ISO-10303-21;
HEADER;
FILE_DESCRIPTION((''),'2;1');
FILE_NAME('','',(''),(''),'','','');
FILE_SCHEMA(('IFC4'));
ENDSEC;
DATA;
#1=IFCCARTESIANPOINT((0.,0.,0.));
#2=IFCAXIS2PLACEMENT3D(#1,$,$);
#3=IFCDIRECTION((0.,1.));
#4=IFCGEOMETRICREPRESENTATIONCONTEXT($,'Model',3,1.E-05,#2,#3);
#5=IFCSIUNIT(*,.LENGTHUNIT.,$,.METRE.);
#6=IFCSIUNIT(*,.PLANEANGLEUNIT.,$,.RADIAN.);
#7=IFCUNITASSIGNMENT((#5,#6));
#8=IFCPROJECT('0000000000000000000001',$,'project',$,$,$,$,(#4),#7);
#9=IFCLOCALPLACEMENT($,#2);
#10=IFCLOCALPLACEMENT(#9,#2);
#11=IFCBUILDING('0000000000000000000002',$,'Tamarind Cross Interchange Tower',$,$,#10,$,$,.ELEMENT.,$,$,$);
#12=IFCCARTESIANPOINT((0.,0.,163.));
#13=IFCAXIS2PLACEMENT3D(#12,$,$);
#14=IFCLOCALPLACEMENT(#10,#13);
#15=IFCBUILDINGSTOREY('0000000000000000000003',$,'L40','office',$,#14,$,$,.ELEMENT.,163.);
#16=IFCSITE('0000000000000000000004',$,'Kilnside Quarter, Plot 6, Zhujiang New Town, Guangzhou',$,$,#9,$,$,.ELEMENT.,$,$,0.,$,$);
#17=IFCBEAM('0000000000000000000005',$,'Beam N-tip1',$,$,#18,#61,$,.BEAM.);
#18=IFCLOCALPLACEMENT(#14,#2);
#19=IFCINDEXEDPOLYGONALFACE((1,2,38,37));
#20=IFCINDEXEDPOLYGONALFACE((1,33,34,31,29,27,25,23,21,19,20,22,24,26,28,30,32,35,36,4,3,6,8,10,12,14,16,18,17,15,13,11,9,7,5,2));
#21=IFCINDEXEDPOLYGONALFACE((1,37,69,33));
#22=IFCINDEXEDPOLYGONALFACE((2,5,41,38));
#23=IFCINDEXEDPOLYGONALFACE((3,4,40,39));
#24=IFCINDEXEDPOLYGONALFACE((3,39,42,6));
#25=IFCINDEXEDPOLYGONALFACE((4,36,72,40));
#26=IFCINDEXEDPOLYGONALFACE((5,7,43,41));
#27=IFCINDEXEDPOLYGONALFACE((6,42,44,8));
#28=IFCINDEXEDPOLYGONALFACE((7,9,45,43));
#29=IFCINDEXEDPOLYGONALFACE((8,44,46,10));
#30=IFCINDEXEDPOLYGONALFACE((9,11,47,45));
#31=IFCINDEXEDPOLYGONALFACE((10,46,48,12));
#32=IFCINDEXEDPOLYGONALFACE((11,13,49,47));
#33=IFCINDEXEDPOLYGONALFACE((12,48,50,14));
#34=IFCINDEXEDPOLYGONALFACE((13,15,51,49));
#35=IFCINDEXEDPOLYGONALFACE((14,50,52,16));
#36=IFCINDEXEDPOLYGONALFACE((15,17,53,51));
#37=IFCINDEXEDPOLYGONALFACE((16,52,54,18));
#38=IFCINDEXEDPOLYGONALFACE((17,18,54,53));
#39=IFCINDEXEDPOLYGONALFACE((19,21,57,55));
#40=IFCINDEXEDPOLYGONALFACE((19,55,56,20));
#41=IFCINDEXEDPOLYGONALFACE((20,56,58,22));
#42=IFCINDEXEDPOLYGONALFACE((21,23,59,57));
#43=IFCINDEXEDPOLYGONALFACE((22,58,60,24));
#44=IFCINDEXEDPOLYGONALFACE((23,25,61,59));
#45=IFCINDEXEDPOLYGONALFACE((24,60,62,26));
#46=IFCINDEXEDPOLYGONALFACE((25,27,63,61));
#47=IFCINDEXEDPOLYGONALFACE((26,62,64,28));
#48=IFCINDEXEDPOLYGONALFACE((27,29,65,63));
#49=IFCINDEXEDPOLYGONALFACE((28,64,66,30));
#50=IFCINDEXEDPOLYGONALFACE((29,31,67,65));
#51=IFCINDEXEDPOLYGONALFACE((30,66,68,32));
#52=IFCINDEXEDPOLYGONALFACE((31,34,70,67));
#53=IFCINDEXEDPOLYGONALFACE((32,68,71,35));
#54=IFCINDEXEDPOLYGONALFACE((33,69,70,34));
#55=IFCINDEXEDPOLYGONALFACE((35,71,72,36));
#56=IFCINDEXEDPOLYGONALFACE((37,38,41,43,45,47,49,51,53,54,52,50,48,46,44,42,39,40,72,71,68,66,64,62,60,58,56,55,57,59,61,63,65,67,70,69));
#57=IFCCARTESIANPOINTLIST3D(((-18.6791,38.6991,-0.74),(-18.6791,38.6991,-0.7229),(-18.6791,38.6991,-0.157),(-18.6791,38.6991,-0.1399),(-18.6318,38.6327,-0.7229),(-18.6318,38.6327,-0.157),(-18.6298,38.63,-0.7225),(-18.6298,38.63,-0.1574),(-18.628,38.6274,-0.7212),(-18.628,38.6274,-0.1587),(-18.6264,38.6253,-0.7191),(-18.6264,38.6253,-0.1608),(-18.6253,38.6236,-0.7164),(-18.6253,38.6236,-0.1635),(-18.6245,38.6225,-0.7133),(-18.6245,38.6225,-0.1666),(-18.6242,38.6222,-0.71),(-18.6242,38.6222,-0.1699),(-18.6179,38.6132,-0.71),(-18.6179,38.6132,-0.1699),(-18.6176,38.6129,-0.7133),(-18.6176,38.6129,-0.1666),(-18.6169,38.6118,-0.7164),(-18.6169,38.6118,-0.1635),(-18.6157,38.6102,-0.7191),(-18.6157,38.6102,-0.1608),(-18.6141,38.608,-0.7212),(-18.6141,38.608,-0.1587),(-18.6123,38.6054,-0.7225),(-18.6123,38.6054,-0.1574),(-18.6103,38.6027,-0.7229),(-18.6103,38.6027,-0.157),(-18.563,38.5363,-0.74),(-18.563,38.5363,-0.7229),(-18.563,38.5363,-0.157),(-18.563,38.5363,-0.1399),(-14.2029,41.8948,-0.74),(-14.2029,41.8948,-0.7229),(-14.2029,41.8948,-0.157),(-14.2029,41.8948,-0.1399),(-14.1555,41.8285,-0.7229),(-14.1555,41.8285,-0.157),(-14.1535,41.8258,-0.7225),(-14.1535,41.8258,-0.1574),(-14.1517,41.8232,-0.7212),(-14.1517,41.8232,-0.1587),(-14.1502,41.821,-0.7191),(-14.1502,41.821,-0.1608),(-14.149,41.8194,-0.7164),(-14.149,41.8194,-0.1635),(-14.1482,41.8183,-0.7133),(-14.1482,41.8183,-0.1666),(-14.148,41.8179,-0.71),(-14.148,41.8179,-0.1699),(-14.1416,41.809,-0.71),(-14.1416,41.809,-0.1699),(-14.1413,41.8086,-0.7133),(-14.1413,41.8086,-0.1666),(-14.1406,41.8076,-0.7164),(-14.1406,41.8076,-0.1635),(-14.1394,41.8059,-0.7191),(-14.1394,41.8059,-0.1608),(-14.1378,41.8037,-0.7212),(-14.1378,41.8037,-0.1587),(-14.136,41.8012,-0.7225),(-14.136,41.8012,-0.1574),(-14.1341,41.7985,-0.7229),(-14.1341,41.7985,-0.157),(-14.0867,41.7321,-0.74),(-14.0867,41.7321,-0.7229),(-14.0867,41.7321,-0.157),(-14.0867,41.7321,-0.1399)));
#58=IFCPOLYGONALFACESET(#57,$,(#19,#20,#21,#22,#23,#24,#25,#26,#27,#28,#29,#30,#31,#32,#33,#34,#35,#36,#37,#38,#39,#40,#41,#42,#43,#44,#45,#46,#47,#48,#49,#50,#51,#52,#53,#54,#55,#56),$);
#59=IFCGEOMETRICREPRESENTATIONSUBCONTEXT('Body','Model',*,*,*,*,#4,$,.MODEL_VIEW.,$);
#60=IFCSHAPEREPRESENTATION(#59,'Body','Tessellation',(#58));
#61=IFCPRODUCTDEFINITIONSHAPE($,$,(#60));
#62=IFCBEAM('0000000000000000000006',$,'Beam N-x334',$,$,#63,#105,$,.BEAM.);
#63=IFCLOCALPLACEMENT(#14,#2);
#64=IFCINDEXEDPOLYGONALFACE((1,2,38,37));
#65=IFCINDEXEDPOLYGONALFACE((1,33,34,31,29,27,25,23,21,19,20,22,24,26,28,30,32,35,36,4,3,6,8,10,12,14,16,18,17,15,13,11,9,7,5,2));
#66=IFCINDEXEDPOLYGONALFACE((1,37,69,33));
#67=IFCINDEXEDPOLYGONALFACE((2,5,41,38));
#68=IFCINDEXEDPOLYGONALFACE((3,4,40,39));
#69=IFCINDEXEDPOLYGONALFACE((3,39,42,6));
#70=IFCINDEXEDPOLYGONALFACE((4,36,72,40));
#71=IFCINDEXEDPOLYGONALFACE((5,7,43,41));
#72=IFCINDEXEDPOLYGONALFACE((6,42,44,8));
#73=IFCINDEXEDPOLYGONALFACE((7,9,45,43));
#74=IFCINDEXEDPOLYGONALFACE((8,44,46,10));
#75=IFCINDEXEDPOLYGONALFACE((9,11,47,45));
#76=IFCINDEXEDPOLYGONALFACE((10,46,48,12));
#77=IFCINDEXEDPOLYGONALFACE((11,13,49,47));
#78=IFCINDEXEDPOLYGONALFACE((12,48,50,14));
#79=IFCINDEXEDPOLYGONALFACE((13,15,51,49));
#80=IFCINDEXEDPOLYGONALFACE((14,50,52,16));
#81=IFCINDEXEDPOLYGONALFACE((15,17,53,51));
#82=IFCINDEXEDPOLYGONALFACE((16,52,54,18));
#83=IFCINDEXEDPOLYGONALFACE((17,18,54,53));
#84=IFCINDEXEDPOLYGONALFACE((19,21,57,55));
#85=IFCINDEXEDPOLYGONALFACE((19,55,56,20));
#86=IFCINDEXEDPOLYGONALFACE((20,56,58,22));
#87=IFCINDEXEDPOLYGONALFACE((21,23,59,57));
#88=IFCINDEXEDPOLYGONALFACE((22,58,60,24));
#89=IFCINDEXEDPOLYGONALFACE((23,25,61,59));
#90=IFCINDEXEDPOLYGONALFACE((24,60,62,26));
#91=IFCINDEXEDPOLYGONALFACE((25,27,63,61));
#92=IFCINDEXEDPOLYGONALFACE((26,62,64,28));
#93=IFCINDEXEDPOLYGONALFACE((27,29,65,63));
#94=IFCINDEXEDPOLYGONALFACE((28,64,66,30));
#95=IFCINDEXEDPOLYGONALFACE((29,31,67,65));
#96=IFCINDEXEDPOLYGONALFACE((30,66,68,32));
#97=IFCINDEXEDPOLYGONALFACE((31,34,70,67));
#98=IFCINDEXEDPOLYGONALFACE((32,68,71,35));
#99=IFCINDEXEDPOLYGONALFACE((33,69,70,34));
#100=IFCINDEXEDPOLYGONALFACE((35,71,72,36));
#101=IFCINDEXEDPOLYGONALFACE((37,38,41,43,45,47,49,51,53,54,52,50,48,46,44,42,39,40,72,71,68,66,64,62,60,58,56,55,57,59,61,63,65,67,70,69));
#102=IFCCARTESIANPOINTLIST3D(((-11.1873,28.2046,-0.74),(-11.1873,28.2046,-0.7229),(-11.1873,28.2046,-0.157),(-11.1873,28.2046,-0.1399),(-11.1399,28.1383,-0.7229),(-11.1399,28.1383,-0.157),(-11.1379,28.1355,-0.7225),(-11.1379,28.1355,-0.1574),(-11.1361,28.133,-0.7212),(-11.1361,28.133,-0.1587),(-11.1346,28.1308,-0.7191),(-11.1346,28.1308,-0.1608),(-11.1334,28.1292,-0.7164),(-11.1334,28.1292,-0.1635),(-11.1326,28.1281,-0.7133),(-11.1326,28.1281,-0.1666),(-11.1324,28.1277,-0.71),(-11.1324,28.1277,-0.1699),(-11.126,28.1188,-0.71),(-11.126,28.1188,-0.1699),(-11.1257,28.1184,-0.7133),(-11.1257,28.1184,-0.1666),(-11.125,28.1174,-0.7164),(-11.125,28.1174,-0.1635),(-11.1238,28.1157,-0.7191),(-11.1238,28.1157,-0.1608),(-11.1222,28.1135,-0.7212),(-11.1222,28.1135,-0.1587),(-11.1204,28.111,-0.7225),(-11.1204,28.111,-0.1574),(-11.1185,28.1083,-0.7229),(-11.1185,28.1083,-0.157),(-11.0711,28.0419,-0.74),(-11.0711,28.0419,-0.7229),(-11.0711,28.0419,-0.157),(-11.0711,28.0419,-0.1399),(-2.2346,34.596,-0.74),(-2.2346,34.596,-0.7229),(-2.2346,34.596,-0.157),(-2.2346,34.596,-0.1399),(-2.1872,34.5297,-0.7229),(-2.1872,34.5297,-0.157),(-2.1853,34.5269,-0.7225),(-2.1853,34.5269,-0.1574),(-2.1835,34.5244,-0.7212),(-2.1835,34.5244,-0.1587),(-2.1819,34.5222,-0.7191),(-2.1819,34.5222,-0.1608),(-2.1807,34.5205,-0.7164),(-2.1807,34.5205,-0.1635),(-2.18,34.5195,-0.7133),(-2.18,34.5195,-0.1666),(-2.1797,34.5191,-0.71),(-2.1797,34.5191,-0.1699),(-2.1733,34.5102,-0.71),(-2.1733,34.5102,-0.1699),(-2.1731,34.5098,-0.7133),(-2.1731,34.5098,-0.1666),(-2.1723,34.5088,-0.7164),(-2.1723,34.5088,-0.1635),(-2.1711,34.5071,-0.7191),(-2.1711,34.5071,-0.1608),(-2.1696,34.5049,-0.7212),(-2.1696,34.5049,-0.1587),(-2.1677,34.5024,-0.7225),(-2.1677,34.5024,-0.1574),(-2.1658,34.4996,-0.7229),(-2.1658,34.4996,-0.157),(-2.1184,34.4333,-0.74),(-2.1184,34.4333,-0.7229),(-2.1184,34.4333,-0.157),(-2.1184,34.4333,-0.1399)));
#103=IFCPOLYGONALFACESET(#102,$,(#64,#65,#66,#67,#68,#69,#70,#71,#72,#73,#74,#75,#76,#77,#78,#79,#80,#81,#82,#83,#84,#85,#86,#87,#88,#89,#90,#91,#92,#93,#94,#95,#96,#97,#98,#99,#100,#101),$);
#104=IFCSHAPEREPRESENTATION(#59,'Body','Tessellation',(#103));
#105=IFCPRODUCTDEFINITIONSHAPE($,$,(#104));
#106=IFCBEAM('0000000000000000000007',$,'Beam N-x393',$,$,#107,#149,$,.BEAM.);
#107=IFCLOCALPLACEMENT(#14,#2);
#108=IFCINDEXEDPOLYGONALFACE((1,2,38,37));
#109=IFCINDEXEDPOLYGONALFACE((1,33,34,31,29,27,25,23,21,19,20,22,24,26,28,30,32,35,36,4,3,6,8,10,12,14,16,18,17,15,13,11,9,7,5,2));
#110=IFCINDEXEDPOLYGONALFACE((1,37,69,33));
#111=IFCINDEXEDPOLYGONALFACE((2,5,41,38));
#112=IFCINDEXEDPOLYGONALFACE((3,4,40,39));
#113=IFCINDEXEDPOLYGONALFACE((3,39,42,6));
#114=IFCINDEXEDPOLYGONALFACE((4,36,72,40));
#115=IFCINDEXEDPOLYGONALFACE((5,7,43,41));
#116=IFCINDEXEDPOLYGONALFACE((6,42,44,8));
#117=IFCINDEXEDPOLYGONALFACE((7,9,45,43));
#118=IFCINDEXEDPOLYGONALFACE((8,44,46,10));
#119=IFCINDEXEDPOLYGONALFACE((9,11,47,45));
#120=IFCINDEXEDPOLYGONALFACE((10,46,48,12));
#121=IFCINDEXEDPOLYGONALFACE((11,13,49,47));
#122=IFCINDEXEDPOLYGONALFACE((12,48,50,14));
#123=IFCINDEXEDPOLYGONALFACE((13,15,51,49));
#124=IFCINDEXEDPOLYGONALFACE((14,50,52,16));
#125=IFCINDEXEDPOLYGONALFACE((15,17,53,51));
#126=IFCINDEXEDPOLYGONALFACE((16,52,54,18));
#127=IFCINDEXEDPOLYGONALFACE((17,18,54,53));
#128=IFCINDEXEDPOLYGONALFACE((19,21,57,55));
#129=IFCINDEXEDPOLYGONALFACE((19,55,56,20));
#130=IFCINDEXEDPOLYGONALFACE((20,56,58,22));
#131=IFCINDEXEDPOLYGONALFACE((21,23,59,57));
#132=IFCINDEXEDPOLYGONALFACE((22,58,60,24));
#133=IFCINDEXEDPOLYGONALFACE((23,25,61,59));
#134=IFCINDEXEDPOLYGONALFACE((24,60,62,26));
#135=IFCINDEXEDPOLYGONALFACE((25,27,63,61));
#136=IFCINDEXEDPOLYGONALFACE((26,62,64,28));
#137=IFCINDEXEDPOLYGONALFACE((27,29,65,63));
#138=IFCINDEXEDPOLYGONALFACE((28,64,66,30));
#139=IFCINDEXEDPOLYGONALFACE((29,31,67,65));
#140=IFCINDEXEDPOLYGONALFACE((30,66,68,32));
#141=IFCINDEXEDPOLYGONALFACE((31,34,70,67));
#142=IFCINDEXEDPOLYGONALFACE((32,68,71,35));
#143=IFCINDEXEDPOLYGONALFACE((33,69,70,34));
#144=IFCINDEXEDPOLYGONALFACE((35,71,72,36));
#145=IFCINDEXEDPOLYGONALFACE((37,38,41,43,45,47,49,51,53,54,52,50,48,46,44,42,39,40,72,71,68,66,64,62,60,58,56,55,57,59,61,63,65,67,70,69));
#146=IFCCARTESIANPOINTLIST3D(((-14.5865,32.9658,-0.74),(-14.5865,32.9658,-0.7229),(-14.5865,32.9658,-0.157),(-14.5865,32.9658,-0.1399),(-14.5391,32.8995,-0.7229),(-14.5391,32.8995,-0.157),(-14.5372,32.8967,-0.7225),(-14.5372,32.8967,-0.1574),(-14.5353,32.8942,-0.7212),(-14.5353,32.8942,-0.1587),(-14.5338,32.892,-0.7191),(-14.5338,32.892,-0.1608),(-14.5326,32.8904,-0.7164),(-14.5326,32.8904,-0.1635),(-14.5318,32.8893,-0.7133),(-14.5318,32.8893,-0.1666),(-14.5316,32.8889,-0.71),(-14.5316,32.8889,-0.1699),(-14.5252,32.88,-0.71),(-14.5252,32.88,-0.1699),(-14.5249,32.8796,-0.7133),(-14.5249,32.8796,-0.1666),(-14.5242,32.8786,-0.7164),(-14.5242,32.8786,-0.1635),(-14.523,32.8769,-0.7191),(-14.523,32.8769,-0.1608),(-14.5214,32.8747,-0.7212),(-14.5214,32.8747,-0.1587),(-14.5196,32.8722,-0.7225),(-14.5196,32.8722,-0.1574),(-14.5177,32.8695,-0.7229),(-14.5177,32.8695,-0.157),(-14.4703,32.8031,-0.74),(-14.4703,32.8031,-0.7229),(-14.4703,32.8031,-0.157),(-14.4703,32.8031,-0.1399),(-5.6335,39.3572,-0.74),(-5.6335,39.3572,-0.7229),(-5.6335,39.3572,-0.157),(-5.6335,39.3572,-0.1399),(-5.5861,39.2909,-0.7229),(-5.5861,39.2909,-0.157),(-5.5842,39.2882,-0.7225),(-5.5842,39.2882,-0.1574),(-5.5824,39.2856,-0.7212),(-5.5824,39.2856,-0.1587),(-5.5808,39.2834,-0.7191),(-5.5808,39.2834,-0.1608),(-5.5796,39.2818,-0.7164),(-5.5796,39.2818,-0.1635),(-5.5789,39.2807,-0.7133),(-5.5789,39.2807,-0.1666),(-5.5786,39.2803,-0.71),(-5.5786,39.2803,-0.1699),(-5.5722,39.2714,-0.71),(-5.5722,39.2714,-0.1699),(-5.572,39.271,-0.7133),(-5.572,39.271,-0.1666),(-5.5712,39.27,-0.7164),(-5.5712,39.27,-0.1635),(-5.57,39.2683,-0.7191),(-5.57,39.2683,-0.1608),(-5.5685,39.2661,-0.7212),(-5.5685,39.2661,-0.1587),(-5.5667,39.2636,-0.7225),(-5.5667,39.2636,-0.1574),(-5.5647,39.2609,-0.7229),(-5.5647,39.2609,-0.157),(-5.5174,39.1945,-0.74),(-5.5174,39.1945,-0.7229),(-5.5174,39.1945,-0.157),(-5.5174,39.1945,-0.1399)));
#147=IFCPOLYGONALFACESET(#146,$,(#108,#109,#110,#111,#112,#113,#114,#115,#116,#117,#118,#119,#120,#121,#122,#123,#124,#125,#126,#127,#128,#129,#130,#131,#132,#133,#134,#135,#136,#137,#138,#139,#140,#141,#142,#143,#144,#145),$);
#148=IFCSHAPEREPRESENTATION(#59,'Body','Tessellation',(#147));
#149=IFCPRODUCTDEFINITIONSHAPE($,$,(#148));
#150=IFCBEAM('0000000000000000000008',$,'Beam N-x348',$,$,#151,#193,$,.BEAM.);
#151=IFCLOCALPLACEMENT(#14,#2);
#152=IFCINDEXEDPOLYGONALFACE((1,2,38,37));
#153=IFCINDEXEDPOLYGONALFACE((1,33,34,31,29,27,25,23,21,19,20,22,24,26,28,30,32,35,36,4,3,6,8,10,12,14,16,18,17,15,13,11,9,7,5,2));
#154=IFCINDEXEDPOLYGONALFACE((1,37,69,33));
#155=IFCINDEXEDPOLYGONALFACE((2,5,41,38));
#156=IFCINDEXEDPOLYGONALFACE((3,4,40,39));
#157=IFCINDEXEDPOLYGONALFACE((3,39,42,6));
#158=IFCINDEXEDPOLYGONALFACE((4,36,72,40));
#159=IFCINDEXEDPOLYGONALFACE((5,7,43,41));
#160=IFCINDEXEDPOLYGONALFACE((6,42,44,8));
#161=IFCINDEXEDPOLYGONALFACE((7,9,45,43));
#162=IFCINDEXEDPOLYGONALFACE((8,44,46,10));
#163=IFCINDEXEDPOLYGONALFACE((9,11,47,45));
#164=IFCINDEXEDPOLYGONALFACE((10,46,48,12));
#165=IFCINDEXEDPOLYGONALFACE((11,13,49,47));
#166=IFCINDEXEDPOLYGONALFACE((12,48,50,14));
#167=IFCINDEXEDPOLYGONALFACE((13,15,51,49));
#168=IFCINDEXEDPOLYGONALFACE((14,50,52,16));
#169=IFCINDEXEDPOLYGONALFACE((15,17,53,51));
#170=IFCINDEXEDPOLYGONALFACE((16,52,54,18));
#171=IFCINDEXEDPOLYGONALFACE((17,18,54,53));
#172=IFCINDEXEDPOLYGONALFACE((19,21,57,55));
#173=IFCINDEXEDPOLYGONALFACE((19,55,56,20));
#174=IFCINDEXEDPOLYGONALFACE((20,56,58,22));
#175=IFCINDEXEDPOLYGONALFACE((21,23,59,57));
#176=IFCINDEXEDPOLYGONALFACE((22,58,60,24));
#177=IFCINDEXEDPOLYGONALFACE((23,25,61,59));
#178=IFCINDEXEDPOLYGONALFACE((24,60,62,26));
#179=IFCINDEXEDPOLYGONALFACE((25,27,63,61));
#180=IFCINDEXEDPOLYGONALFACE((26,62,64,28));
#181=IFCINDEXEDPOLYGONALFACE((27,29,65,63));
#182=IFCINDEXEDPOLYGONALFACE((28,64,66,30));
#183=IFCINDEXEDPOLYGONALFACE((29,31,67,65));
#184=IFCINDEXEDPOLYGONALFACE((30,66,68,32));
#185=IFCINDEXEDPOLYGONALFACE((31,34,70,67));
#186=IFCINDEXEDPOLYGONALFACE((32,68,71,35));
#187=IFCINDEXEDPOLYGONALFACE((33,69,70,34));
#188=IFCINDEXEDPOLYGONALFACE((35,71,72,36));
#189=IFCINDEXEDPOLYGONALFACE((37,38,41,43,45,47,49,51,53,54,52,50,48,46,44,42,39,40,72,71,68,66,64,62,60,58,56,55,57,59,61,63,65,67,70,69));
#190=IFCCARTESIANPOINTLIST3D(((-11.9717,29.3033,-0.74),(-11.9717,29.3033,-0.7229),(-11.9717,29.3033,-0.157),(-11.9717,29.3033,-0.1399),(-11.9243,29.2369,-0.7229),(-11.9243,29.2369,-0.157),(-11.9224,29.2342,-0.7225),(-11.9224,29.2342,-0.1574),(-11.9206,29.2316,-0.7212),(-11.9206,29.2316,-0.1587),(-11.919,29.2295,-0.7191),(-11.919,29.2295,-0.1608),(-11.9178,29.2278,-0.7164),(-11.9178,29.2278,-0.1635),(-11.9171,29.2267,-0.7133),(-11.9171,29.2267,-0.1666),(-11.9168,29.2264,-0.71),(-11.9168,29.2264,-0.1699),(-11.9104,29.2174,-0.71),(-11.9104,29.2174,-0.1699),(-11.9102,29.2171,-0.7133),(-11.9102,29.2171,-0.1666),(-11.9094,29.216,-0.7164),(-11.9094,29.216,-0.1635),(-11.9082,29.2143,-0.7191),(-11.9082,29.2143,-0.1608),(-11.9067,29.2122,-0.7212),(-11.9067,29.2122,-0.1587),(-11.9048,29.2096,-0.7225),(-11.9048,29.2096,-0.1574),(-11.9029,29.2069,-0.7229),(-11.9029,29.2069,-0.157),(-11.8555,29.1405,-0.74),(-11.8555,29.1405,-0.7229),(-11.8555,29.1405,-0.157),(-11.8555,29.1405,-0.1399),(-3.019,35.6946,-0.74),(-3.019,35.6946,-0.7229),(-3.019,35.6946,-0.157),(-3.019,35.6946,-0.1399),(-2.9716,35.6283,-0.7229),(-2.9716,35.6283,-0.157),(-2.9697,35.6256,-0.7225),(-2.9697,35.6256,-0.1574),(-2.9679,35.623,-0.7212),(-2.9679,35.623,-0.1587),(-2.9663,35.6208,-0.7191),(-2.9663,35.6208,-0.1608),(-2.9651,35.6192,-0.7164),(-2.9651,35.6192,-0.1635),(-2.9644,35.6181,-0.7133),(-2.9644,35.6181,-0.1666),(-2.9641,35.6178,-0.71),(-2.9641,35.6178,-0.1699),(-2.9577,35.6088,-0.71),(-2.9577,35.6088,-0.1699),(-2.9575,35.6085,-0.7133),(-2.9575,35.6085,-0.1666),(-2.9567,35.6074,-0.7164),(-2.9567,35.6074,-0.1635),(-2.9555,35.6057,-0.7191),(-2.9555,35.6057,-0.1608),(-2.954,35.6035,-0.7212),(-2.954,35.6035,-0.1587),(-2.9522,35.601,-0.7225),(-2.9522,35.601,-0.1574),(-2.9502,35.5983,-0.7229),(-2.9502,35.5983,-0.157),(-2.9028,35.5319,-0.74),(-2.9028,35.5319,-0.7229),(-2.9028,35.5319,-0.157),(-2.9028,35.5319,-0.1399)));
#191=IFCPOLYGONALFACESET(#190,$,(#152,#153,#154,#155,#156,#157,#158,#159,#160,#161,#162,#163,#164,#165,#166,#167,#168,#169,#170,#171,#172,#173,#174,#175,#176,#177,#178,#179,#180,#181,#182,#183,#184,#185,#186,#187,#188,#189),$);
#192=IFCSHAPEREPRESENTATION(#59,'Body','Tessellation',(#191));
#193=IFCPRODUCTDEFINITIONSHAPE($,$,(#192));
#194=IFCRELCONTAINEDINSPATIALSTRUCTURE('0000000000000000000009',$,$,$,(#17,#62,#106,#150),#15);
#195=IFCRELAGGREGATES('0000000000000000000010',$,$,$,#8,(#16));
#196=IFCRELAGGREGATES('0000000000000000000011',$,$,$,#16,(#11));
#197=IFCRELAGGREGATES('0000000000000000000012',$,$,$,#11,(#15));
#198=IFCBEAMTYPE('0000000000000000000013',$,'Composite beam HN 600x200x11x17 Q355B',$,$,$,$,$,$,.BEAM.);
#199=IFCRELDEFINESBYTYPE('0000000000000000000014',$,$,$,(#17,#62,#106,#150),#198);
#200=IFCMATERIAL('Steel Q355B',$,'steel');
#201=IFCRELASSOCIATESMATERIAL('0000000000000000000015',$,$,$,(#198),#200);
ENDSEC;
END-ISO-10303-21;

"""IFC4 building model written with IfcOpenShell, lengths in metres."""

from ifc_helpers import new_model, si_unit, direction, frame, origin, origin_2d, place, context, subcontext, project, spatial, i_section, extrude, material, material_profile, profile_set, type_object, element, save


model = new_model("IFC4")

# Units and contexts
model_context = context("Model", 3, precision=1e-05, world=origin(), true_north=direction((0.0, 1.0)))
body_context = subcontext(model_context, "Body", "Model", "MODEL_VIEW")
ifc_project = project(units=[si_unit("LENGTHUNIT", "METRE"), si_unit("PLANEANGLEUNIT", "RADIAN")], contexts=[model_context])

# Site, building, storey
site_placement = place(None, origin())
site = spatial("IfcSite", under=ifc_project, at=site_placement, Name="Kilnside Quarter, Plot 6, Zhujiang New Town, Guangzhou", CompositionType="ELEMENT", RefElevation=0.0)
building_placement = place(site_placement, origin())
building = spatial("IfcBuilding", under=site, at=building_placement, Name="Tamarind Cross Interchange Tower", CompositionType="ELEMENT")
storey_placement = place(building_placement, frame((0.0, 0.0, 163.0)))
storey = spatial("IfcBuildingStorey", under=building, at=storey_placement, Name="L40", Description="office", CompositionType="ELEMENT", Elevation=163.0)

# Beams
ifc_material_1 = material(Name="Steel Q355B", Category="steel")
ifc_material_profile_1 = material_profile(ifc_material_1, i_section(OverallWidth=0.2, OverallDepth=0.6001, WebThickness=0.011, FlangeThickness=0.0171, FilletRadius=0.0129, at=origin_2d()), Name="HN 600x200x11x17")
ifc_profile_set_1 = profile_set([ifc_material_profile_1], Name="Steel Q355B")
beam_type_1 = type_object("IfcBeamType", Name="Composite beam HN 600x200x11x17 Q355B", PredefinedType="BEAM", material=ifc_profile_set_1)
for number, where, z_axis, x_axis, name in (
    (1, (-14.1448, 41.8135, -0.4399), (-0.813868, -0.581049, 0.0), (0.581049, -0.813868, 0.0), "Beam N-tip1"),
):
    element("IfcBeam", number, at=place(storey_placement, frame(where, z_axis=z_axis, x_axis=x_axis)), inside=storey, type_object=beam_type_1, Name=name, PredefinedType="BEAM", context=body_context, shape_type="SweptSolid", body=[
        extrude(i_section(OverallWidth=0.2, OverallDepth=0.6001, WebThickness=0.011, FlangeThickness=0.0171, FilletRadius=0.0129, at=origin_2d()), origin(), (0.0, 0.0, 1.0), 5.5),
    ])
beam_1_placement = place(storey_placement, frame((-2.1765, 34.5146, -0.4399), z_axis=(-0.813879, -0.581035, 0.0), x_axis=(0.581035, -0.813879, 0.0)))
element("IfcBeam", 2, at=beam_1_placement, inside=storey, type_object=beam_type_1, Name="Beam N-x334", PredefinedType="BEAM", context=body_context, shape_type="SweptSolid", body=[
    extrude(i_section(OverallWidth=0.2, OverallDepth=0.6001, WebThickness=0.011, FlangeThickness=0.0171, FilletRadius=0.0129, at=origin_2d()), origin(), (0.0, 0.0, 1.0), 11.0),
])
beam_2_placement = place(storey_placement, frame((-5.5754, 39.2759, -0.4399), z_axis=(-0.813886, -0.581024, 0.0), x_axis=(0.581024, -0.813886, 0.0)))
element("IfcBeam", 3, at=beam_2_placement, inside=storey, type_object=beam_type_1, Name="Beam N-x393", PredefinedType="BEAM", context=body_context, shape_type="SweptSolid", body=[
    extrude(i_section(OverallWidth=0.2, OverallDepth=0.6001, WebThickness=0.011, FlangeThickness=0.0171, FilletRadius=0.0129, at=origin_2d()), origin(), (0.0, 0.0, 1.0), 11.0002),
])
for number, where, z_axis, x_axis, name in (
    (4, (-2.9609, 35.6133, -0.4399), (-0.813879, -0.581035, 0.0), (0.581035, -0.813879, 0.0), "Beam N-x348"),
):
    element("IfcBeam", number, at=place(storey_placement, frame(where, z_axis=z_axis, x_axis=x_axis)), inside=storey, type_object=beam_type_1, Name=name, PredefinedType="BEAM", context=body_context, shape_type="SweptSolid", body=[
        extrude(i_section(OverallWidth=0.2, OverallDepth=0.6001, WebThickness=0.011, FlangeThickness=0.0171, FilletRadius=0.0129, at=origin_2d()), origin(), (0.0, 0.0, 1.0), 11.0),
    ])

save(model, "model.ifc")
